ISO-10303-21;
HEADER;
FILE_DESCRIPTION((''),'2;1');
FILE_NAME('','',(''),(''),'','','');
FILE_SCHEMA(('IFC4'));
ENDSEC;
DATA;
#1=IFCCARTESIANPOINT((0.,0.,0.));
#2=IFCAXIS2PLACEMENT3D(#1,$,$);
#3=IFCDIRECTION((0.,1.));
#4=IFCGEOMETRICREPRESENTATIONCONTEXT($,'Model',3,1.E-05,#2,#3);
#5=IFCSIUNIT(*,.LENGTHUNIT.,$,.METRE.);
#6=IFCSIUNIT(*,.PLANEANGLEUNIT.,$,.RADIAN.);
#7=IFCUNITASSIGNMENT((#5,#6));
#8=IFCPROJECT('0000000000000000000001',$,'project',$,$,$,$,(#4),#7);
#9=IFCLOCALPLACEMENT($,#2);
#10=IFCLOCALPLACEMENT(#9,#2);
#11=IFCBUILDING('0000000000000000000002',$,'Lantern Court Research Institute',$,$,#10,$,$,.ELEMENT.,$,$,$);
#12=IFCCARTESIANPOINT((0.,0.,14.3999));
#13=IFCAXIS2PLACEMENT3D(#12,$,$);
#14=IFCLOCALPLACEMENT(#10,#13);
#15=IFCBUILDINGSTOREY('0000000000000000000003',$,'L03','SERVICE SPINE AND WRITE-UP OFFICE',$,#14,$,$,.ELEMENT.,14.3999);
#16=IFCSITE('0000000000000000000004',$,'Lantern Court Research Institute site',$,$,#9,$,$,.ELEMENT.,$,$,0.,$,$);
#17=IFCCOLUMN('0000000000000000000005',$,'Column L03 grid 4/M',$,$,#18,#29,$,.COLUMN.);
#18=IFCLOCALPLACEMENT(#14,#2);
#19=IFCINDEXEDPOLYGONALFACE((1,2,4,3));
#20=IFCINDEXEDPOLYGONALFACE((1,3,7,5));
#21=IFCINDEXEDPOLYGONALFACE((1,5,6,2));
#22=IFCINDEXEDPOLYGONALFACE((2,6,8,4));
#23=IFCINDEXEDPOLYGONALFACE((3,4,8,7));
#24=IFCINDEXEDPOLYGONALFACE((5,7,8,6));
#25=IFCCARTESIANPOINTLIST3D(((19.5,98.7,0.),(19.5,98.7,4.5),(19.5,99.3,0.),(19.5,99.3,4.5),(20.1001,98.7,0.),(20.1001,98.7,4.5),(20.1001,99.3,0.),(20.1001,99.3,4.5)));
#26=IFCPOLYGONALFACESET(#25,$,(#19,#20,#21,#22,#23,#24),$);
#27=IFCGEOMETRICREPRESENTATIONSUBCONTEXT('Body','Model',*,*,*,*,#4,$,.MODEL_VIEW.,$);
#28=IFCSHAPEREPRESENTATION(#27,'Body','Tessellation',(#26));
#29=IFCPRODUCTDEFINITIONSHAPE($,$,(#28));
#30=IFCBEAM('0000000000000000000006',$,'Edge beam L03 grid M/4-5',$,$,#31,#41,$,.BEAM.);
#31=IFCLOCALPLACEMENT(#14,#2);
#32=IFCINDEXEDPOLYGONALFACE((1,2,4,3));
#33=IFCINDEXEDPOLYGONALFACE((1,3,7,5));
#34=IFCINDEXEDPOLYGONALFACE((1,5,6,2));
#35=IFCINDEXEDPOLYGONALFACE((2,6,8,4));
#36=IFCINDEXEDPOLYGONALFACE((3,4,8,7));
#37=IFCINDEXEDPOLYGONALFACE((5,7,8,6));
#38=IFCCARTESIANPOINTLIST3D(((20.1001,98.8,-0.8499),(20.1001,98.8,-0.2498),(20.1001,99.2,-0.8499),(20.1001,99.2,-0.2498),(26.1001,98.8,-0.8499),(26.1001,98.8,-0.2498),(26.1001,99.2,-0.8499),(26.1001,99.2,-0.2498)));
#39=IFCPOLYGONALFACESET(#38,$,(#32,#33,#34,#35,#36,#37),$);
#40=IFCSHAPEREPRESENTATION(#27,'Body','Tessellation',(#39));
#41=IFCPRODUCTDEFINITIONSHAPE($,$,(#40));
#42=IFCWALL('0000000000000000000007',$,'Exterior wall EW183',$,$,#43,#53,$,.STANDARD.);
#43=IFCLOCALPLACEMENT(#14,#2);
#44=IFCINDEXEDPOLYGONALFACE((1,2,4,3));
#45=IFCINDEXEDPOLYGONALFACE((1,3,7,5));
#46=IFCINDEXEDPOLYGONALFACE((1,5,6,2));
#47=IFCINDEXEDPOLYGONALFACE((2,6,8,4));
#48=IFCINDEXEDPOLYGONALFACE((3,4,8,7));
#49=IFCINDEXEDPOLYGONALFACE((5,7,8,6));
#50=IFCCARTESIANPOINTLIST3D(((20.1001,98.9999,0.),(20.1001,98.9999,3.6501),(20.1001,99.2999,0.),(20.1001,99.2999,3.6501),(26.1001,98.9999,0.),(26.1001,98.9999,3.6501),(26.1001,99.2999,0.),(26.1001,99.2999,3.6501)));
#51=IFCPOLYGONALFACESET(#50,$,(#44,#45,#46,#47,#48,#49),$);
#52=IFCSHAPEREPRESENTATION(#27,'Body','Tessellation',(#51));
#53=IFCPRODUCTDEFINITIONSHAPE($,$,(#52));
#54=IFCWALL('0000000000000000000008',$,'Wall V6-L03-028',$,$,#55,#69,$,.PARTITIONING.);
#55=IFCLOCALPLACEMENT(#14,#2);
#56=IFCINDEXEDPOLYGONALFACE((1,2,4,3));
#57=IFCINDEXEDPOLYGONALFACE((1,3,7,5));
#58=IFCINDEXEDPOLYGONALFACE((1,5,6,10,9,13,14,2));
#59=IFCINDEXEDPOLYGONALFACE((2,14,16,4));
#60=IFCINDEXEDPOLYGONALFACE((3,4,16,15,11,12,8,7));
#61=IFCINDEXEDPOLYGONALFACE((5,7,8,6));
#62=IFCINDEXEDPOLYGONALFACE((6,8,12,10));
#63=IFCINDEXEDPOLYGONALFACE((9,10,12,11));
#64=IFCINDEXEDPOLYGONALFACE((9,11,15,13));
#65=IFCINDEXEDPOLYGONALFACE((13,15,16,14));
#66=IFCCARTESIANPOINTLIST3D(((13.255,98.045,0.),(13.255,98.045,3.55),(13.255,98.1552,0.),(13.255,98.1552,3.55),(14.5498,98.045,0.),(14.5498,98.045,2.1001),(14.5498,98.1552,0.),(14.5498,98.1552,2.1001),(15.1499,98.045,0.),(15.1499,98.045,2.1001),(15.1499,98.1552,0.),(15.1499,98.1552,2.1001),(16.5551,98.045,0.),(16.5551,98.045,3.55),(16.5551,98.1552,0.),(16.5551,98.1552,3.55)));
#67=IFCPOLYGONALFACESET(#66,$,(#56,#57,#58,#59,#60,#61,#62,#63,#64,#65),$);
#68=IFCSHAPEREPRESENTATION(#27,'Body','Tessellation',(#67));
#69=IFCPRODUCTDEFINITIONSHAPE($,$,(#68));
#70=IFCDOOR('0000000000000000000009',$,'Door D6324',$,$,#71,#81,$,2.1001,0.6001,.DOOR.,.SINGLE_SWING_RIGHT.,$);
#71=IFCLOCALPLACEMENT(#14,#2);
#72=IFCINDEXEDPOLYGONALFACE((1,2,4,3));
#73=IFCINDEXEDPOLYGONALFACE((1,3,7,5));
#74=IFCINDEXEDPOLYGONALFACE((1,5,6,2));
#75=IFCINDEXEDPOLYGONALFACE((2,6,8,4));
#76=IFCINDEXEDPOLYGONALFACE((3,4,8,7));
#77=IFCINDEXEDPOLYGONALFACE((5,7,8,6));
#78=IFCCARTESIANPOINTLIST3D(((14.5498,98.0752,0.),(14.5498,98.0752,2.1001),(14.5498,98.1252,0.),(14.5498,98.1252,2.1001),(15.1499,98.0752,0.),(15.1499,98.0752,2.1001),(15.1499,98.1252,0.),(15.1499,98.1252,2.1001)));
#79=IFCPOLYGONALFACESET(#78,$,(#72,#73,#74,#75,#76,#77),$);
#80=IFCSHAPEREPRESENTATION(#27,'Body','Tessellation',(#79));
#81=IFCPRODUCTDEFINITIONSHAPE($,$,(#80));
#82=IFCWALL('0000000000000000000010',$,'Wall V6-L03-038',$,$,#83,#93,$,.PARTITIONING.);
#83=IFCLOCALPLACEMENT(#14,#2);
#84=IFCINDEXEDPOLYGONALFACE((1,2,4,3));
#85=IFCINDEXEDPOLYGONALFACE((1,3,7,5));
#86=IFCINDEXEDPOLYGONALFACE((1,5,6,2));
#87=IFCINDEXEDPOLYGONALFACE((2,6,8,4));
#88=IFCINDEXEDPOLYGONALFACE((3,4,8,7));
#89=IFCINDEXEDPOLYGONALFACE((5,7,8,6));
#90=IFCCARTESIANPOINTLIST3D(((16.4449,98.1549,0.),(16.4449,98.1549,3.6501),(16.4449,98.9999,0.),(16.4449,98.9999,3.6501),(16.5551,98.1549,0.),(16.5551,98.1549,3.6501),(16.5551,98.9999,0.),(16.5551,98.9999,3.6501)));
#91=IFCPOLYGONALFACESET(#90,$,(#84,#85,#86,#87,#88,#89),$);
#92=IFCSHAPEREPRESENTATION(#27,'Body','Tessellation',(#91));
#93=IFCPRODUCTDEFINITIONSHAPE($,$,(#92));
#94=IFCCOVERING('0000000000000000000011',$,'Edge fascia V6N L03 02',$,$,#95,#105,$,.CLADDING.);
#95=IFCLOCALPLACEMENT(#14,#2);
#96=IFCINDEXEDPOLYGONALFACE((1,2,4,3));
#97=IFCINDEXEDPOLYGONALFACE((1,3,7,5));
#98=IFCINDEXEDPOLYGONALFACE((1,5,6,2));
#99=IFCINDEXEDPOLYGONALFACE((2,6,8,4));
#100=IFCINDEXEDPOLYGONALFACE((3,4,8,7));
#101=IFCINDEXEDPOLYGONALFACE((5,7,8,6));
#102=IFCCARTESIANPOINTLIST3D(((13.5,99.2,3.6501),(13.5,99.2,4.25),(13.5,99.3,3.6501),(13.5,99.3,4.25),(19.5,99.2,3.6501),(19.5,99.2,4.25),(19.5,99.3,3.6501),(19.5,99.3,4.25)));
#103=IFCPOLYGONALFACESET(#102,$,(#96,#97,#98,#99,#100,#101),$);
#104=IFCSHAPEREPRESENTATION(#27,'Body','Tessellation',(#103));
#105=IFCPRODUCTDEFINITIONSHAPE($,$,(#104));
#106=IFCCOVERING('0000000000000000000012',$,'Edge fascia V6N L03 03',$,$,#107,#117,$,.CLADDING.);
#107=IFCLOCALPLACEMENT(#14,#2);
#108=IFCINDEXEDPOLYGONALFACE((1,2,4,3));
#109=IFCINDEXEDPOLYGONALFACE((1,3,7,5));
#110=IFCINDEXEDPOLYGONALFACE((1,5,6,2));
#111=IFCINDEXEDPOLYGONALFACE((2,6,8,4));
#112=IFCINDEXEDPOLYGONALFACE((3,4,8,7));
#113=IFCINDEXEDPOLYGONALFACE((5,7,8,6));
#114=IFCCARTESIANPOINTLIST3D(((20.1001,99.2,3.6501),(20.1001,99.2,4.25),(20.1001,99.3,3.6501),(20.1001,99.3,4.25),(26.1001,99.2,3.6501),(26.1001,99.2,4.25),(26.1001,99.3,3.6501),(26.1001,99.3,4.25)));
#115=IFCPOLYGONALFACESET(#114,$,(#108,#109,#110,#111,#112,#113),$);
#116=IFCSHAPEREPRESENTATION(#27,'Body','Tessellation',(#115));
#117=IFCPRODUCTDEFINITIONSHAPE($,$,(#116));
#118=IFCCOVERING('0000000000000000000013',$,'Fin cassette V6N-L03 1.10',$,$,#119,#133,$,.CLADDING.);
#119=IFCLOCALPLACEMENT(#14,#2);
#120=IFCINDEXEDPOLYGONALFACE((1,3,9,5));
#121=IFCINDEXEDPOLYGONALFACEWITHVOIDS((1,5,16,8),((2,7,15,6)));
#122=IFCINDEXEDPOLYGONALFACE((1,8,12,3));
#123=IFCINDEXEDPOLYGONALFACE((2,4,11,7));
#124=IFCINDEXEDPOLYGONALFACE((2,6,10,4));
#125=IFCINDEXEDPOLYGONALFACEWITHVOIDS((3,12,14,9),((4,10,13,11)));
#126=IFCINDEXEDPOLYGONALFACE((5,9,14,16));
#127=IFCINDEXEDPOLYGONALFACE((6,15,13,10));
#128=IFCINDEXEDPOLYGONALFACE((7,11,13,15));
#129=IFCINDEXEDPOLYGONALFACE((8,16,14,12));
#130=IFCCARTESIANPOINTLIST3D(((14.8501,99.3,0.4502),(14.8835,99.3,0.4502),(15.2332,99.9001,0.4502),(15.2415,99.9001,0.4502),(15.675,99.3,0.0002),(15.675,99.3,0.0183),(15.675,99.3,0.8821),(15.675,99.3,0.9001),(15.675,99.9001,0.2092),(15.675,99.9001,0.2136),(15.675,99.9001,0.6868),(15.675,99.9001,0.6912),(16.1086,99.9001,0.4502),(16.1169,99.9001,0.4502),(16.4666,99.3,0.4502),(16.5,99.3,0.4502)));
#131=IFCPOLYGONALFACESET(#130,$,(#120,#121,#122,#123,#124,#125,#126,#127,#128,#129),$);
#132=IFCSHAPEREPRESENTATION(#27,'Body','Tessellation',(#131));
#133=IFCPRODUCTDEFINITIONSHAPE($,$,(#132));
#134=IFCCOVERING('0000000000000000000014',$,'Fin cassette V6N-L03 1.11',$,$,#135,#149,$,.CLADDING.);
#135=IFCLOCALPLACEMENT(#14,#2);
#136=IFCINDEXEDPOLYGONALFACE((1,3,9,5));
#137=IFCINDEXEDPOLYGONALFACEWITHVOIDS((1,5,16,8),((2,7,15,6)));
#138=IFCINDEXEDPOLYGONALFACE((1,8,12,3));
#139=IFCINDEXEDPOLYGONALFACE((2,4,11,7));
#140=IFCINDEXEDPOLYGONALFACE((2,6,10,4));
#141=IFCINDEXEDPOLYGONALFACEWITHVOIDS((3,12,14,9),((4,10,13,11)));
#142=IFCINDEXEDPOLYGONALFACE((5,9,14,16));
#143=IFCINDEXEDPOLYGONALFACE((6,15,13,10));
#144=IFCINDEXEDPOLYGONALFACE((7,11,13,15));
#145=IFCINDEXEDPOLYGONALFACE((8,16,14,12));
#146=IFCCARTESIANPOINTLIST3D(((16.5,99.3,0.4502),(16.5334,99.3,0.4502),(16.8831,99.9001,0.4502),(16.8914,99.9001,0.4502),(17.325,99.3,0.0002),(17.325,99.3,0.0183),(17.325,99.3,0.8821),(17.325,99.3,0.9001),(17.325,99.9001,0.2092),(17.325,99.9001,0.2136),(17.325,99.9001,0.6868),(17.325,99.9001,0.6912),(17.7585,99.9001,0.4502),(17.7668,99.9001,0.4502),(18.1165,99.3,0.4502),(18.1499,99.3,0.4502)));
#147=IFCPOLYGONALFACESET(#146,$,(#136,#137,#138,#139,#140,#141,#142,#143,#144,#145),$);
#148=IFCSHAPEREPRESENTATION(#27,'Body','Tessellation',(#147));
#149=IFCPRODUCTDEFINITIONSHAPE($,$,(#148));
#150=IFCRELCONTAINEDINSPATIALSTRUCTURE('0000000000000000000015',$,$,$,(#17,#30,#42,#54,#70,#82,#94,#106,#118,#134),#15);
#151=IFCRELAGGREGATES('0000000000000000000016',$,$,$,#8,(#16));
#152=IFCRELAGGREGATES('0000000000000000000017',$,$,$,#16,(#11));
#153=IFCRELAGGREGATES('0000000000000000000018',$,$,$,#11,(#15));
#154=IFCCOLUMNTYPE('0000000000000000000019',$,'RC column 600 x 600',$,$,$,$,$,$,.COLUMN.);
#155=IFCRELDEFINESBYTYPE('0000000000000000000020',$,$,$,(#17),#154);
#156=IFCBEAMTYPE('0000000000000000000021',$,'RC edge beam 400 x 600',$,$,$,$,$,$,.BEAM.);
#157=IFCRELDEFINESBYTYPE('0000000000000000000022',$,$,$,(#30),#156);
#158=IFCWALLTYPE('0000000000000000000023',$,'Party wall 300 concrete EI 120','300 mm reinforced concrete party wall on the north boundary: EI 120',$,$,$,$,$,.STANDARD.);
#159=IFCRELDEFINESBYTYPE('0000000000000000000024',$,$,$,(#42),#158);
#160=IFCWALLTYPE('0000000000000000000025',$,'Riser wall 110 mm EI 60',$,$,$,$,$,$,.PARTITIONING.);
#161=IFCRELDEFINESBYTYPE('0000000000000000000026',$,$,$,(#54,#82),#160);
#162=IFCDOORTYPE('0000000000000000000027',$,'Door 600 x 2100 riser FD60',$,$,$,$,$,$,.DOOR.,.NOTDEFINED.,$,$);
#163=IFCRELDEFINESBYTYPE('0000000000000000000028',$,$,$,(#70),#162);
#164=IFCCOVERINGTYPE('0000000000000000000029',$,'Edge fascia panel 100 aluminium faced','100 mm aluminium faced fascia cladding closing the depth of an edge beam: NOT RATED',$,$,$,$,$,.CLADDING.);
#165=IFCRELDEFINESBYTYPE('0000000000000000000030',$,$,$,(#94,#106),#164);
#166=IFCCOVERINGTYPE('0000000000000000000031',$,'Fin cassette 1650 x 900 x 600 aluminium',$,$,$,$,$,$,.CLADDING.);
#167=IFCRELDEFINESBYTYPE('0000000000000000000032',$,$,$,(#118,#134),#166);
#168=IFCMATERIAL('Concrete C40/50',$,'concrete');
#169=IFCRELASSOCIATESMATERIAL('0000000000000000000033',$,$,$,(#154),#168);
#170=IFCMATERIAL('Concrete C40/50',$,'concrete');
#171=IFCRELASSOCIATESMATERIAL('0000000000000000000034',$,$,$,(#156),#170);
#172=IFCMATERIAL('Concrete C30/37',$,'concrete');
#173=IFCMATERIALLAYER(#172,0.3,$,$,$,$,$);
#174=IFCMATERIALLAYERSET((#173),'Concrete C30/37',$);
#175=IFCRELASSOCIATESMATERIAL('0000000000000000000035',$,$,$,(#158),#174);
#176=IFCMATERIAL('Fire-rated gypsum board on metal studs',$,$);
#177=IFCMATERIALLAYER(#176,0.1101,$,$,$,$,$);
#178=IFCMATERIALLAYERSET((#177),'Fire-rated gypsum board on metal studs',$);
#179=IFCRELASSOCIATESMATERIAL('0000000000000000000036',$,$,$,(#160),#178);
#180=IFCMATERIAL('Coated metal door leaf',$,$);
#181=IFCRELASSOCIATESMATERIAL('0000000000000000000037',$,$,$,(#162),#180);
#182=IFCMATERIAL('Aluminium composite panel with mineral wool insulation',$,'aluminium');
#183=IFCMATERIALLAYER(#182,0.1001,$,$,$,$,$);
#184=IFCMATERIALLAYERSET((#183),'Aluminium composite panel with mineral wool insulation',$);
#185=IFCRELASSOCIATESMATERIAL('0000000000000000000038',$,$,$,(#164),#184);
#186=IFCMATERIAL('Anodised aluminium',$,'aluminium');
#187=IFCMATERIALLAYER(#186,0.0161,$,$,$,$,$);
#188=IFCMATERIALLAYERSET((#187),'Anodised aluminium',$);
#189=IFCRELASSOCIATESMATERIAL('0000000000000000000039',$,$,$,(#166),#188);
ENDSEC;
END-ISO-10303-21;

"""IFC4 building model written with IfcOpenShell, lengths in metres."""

from ifc_helpers import new_model, entity, si_unit, direction, frame, frame_2d, origin, origin_2d, place, context, subcontext, project, spatial, rectangle, extrude, material, layer, layer_set, material_profile, profile_set, type_object, element, fill, save


model = new_model("IFC4")

# Units and contexts
model_context = context("Model", 3, precision=1e-05, world=origin(), true_north=direction((0.0, 1.0)))
body_context = subcontext(model_context, "Body", "Model", "MODEL_VIEW")
ifc_project = project(units=[si_unit("LENGTHUNIT", "METRE"), si_unit("PLANEANGLEUNIT", "RADIAN")], contexts=[model_context])

# Site, building, storey
site_placement = place(None, origin())
site = spatial("IfcSite", under=ifc_project, at=site_placement, Name="Lantern Court Research Institute site", CompositionType="ELEMENT", RefElevation=0.0)
building_placement = place(site_placement, origin())
building = spatial("IfcBuilding", under=site, at=building_placement, Name="Lantern Court Research Institute", CompositionType="ELEMENT")
storey_placement = place(building_placement, frame((0.0, 0.0, 14.3999)))
storey = spatial("IfcBuildingStorey", under=building, at=storey_placement, Name="L03", Description="SERVICE SPINE AND WRITE-UP OFFICE", CompositionType="ELEMENT", Elevation=14.3999)

# Column
ifc_material_1 = material(Name="Concrete C40/50", Category="concrete")
ifc_material_profile_1 = material_profile(ifc_material_1, rectangle(XDim=0.6001, YDim=0.6001, at=origin_2d()), Name="RC column 600 x 600")
ifc_profile_set_1 = profile_set([ifc_material_profile_1], Name="Concrete C40/50")
column_type = type_object("IfcColumnType", Name="RC column 600 x 600", PredefinedType="COLUMN", material=ifc_profile_set_1)
column_placement = place(storey_placement, frame((19.8, 99.0, 0.0), z_axis=(0.0, 0.0, 1.0), x_axis=(1.0, 0.0, 0.0)))
element("IfcColumn", 1, at=column_placement, inside=storey, type_object=column_type, Name="Column L03 grid 4/M", PredefinedType="COLUMN", context=body_context, shape_type="SweptSolid", body=[
    extrude(rectangle(XDim=0.6001, YDim=0.6001, at=origin_2d()), origin(), (0.0, 0.0, 1.0), 4.5),
])

# Beam
ifc_material_2 = material(Name="Concrete C40/50", Category="concrete")
ifc_material_profile_2 = material_profile(ifc_material_2, rectangle(XDim=0.3999, YDim=0.6001, at=origin_2d()), Name="RC beam 400 x 600")
ifc_profile_set_2 = profile_set([ifc_material_profile_2], Name="Concrete C40/50")
beam_type = type_object("IfcBeamType", Name="RC edge beam 400 x 600", PredefinedType="BEAM", material=ifc_profile_set_2)
beam_placement = place(storey_placement, frame((20.1001, 99.0, -0.5498), z_axis=(1.0, 0.0, 0.0), x_axis=(0.0, 1.0, 0.0)))
element("IfcBeam", 2, at=beam_placement, inside=storey, type_object=beam_type, Name="Edge beam L03 grid M/4-5", PredefinedType="BEAM", context=body_context, shape_type="SweptSolid", body=[
    extrude(rectangle(XDim=0.3999, YDim=0.6001, at=origin_2d()), origin(), (0.0, 0.0, 1.0), 6.0),
])

# Wall
ifc_material_3 = material(Name="Concrete C30/37", Category="concrete")
ifc_layer_1 = layer(ifc_material_3, 0.3)
ifc_layer_set_1 = layer_set([ifc_layer_1], Name="Concrete C30/37")
wall_type_1 = type_object("IfcWallType", Name="Party wall 300 concrete EI 120", Description="300 mm reinforced concrete party wall on the north boundary: EI 120", PredefinedType="STANDARD", material=ifc_layer_set_1)
wall_1_placement = place(storey_placement, frame((20.1001, 99.1499, 0.0), z_axis=(0.0, 0.0, 1.0), x_axis=(1.0, 0.0, 0.0)))
element("IfcWall", 3, at=wall_1_placement, inside=storey, type_object=wall_type_1, Name="Exterior wall EW183", PredefinedType="STANDARD", context=body_context, shape_type="SweptSolid", body=[
    extrude(rectangle(XDim=6.0, YDim=0.3, at=frame_2d((3.0, 0.0))), origin(), (0.0, 0.0, 1.0), 3.6501),
])

# Wall, opening, door
ifc_material_4 = material(Name="Fire-rated gypsum board on metal studs")
ifc_layer_2 = layer(ifc_material_4, 0.1101)
ifc_layer_set_2 = layer_set([ifc_layer_2], Name="Fire-rated gypsum board on metal studs")
wall_type_2 = type_object("IfcWallType", Name="Riser wall 110 mm EI 60", PredefinedType="PARTITIONING", material=ifc_layer_set_2)
wall_2_placement = place(storey_placement, frame((16.5549, 98.1001, 0.0), z_axis=(0.0, 0.0, 1.0), x_axis=(-1.0, 0.0, 0.0)))
wall_2 = element("IfcWall", 4, at=wall_2_placement, inside=storey, type_object=wall_type_2, Name="Wall V6-L03-028", PredefinedType="PARTITIONING", context=body_context, shape_type="SweptSolid", body=[
    extrude(rectangle(XDim=3.3, YDim=0.1101, at=frame_2d((1.6499, 0.0))), origin(), (0.0, 0.0, 1.0), 3.55),
])
opening_placement = place(wall_2_placement, frame((1.405, 0.0, 0.0)))
opening = element("IfcOpeningElement", 5, at=opening_placement, cuts=wall_2, PredefinedType="OPENING", context=body_context, shape_type="SweptSolid", body=[
    extrude(rectangle(XDim=0.6001, YDim=2.1001, at=frame_2d((0.3, 1.05))), frame((0.0, 0.0649, 0.0), z_axis=(0.0, -1.0, 0.0), x_axis=(1.0, 0.0, 0.0)), (0.0, 0.0, 1.0), 0.1301),
])
ifc_material_5 = material(Name="Coated metal door leaf")
door_type = type_object("IfcDoorType", Name="Door 600 x 2100 riser FD60", OperationType="NOTDEFINED", PredefinedType="DOOR", material=ifc_material_5)
door_placement = place(opening_placement, origin())
door = element("IfcDoor", 6, at=door_placement, inside=storey, type_object=door_type, Name="Door D6324", OperationType="SINGLE_SWING_RIGHT", OverallHeight=2.1001, OverallWidth=0.6001, PredefinedType="DOOR", context=body_context, shape_type="SweptSolid", body=[
    extrude(rectangle(XDim=0.6001, YDim=2.1001, at=frame_2d((0.3, 1.05))), frame((0.0, 0.0249, 0.0), z_axis=(0.0, -1.0, 0.0), x_axis=(1.0, 0.0, 0.0)), (0.0, 0.0, 1.0), 0.05),
])
fill(opening, door)

# Wall
wall_3_placement = place(storey_placement, frame((16.5, 98.155, 0.0), z_axis=(0.0, 0.0, 1.0), x_axis=(0.0, 1.0, 0.0)))
element("IfcWall", 7, at=wall_3_placement, inside=storey, type_object=wall_type_2, Name="Wall V6-L03-038", PredefinedType="PARTITIONING", context=body_context, shape_type="SweptSolid", body=[
    extrude(rectangle(XDim=0.845, YDim=0.1101, at=frame_2d((0.4224, 0.0))), origin(), (0.0, 0.0, 1.0), 3.6501),
])

# Coverings
ifc_material_6 = material(Name="Aluminium composite panel with mineral wool insulation", Category="aluminium")
ifc_layer_3 = layer(ifc_material_6, 0.1001)
ifc_layer_set_3 = layer_set([ifc_layer_3], Name="Aluminium composite panel with mineral wool insulation")
covering_type_1 = type_object("IfcCoveringType", Name="Edge fascia panel 100 aluminium faced", Description="100 mm aluminium faced fascia cladding closing the depth of an edge beam: NOT RATED", PredefinedType="CLADDING", material=ifc_layer_set_3)
for number, where, z_axis, x_axis, name in (
    (8, (13.5, 99.25, 3.6501), (0.0, 0.0, 1.0), (1.0, 0.0, 0.0), "Edge fascia V6N L03 02"),
    (9, (20.1001, 99.25, 3.6501), (0.0, 0.0, 1.0), (1.0, 0.0, 0.0), "Edge fascia V6N L03 03"),
):
    element("IfcCovering", number, at=place(storey_placement, frame(where, z_axis=z_axis, x_axis=x_axis)), inside=storey, type_object=covering_type_1, Name=name, PredefinedType="CLADDING", context=body_context, shape_type="SweptSolid", body=[
        extrude(rectangle(XDim=6.0, YDim=0.1001, at=frame_2d((3.0, 0.0))), origin(), (0.0, 0.0, 1.0), 0.5999),
    ])
ifc_material_7 = material(Name="Anodised aluminium", Category="aluminium")
ifc_layer_4 = layer(ifc_material_7, 0.0161)
ifc_layer_set_4 = layer_set([ifc_layer_4], Name="Anodised aluminium")
covering_type_2 = type_object("IfcCoveringType", Name="Fin cassette 1650 x 900 x 600 aluminium", PredefinedType="CLADDING", material=ifc_layer_set_4)
covering_1_placement = place(storey_placement, frame((15.675, 99.3, 0.4502), z_axis=(0.0, 1.0, 0.0), x_axis=(-1.0, 0.0, 0.0)))
cartesian_point_1 = entity("IfcCartesianPoint", [0.825, 0.0])
cartesian_point_2 = entity("IfcCartesianPoint", [0.7915, 0.0])
cartesian_point_3 = entity("IfcCartesianPoint", [0.4419, 0.0])
cartesian_point_4 = entity("IfcCartesianPoint", [0.4336, 0.0])
element("IfcCovering", 10, at=covering_1_placement, inside=storey, type_object=covering_type_2, Name="Fin cassette V6N-L03 1.10", PredefinedType="CLADDING", context=body_context, shape_type="SweptSolid", body=[
    entity("IfcExtrudedAreaSolidTapered", entity("IfcArbitraryProfileDefWithVoids", "AREA", None, entity("IfcPolyline", [cartesian_point_1, entity("IfcCartesianPoint", [0.0, 0.45]), entity("IfcCartesianPoint", [-0.825, 0.0]), entity("IfcCartesianPoint", [0.0, -0.45]), cartesian_point_1]), [entity("IfcPolyline", [cartesian_point_2, entity("IfcCartesianPoint", [0.0, 0.4319]), entity("IfcCartesianPoint", [-0.7915, 0.0]), entity("IfcCartesianPoint", [0.0, -0.4319]), cartesian_point_2])]), entity("IfcAxis2Placement3D", entity("IfcCartesianPoint", [0.0, 0.0, 0.0])), entity("IfcDirection", [0.0, 0.0, 1.0]), 0.6001, entity("IfcArbitraryProfileDefWithVoids", "AREA", None, entity("IfcPolyline", [cartesian_point_3, entity("IfcCartesianPoint", [0.0, 0.241]), entity("IfcCartesianPoint", [-0.4419, 0.0]), entity("IfcCartesianPoint", [0.0, -0.241]), cartesian_point_3]), [entity("IfcPolyline", [cartesian_point_4, entity("IfcCartesianPoint", [0.0, 0.2366]), entity("IfcCartesianPoint", [-0.4336, 0.0]), entity("IfcCartesianPoint", [0.0, -0.2366]), cartesian_point_4])])),
])
covering_2_placement = place(storey_placement, frame((17.325, 99.3, 0.4502), z_axis=(0.0, 1.0, 0.0), x_axis=(-1.0, 0.0, 0.0)))
cartesian_point_5 = entity("IfcCartesianPoint", [0.825, 0.0])
cartesian_point_6 = entity("IfcCartesianPoint", [0.7915, 0.0])
cartesian_point_7 = entity("IfcCartesianPoint", [0.4419, 0.0])
cartesian_point_8 = entity("IfcCartesianPoint", [0.4336, 0.0])
element("IfcCovering", 11, at=covering_2_placement, inside=storey, type_object=covering_type_2, Name="Fin cassette V6N-L03 1.11", PredefinedType="CLADDING", context=body_context, shape_type="SweptSolid", body=[
    entity("IfcExtrudedAreaSolidTapered", entity("IfcArbitraryProfileDefWithVoids", "AREA", None, entity("IfcPolyline", [cartesian_point_5, entity("IfcCartesianPoint", [0.0, 0.45]), entity("IfcCartesianPoint", [-0.825, 0.0]), entity("IfcCartesianPoint", [0.0, -0.45]), cartesian_point_5]), [entity("IfcPolyline", [cartesian_point_6, entity("IfcCartesianPoint", [0.0, 0.4319]), entity("IfcCartesianPoint", [-0.7915, 0.0]), entity("IfcCartesianPoint", [0.0, -0.4319]), cartesian_point_6])]), entity("IfcAxis2Placement3D", entity("IfcCartesianPoint", [0.0, 0.0, 0.0])), entity("IfcDirection", [0.0, 0.0, 1.0]), 0.6001, entity("IfcArbitraryProfileDefWithVoids", "AREA", None, entity("IfcPolyline", [cartesian_point_7, entity("IfcCartesianPoint", [0.0, 0.241]), entity("IfcCartesianPoint", [-0.4419, 0.0]), entity("IfcCartesianPoint", [0.0, -0.241]), cartesian_point_7]), [entity("IfcPolyline", [cartesian_point_8, entity("IfcCartesianPoint", [0.0, 0.2366]), entity("IfcCartesianPoint", [-0.4336, 0.0]), entity("IfcCartesianPoint", [0.0, -0.2366]), cartesian_point_8])])),
])

save(model, "model.ifc")
